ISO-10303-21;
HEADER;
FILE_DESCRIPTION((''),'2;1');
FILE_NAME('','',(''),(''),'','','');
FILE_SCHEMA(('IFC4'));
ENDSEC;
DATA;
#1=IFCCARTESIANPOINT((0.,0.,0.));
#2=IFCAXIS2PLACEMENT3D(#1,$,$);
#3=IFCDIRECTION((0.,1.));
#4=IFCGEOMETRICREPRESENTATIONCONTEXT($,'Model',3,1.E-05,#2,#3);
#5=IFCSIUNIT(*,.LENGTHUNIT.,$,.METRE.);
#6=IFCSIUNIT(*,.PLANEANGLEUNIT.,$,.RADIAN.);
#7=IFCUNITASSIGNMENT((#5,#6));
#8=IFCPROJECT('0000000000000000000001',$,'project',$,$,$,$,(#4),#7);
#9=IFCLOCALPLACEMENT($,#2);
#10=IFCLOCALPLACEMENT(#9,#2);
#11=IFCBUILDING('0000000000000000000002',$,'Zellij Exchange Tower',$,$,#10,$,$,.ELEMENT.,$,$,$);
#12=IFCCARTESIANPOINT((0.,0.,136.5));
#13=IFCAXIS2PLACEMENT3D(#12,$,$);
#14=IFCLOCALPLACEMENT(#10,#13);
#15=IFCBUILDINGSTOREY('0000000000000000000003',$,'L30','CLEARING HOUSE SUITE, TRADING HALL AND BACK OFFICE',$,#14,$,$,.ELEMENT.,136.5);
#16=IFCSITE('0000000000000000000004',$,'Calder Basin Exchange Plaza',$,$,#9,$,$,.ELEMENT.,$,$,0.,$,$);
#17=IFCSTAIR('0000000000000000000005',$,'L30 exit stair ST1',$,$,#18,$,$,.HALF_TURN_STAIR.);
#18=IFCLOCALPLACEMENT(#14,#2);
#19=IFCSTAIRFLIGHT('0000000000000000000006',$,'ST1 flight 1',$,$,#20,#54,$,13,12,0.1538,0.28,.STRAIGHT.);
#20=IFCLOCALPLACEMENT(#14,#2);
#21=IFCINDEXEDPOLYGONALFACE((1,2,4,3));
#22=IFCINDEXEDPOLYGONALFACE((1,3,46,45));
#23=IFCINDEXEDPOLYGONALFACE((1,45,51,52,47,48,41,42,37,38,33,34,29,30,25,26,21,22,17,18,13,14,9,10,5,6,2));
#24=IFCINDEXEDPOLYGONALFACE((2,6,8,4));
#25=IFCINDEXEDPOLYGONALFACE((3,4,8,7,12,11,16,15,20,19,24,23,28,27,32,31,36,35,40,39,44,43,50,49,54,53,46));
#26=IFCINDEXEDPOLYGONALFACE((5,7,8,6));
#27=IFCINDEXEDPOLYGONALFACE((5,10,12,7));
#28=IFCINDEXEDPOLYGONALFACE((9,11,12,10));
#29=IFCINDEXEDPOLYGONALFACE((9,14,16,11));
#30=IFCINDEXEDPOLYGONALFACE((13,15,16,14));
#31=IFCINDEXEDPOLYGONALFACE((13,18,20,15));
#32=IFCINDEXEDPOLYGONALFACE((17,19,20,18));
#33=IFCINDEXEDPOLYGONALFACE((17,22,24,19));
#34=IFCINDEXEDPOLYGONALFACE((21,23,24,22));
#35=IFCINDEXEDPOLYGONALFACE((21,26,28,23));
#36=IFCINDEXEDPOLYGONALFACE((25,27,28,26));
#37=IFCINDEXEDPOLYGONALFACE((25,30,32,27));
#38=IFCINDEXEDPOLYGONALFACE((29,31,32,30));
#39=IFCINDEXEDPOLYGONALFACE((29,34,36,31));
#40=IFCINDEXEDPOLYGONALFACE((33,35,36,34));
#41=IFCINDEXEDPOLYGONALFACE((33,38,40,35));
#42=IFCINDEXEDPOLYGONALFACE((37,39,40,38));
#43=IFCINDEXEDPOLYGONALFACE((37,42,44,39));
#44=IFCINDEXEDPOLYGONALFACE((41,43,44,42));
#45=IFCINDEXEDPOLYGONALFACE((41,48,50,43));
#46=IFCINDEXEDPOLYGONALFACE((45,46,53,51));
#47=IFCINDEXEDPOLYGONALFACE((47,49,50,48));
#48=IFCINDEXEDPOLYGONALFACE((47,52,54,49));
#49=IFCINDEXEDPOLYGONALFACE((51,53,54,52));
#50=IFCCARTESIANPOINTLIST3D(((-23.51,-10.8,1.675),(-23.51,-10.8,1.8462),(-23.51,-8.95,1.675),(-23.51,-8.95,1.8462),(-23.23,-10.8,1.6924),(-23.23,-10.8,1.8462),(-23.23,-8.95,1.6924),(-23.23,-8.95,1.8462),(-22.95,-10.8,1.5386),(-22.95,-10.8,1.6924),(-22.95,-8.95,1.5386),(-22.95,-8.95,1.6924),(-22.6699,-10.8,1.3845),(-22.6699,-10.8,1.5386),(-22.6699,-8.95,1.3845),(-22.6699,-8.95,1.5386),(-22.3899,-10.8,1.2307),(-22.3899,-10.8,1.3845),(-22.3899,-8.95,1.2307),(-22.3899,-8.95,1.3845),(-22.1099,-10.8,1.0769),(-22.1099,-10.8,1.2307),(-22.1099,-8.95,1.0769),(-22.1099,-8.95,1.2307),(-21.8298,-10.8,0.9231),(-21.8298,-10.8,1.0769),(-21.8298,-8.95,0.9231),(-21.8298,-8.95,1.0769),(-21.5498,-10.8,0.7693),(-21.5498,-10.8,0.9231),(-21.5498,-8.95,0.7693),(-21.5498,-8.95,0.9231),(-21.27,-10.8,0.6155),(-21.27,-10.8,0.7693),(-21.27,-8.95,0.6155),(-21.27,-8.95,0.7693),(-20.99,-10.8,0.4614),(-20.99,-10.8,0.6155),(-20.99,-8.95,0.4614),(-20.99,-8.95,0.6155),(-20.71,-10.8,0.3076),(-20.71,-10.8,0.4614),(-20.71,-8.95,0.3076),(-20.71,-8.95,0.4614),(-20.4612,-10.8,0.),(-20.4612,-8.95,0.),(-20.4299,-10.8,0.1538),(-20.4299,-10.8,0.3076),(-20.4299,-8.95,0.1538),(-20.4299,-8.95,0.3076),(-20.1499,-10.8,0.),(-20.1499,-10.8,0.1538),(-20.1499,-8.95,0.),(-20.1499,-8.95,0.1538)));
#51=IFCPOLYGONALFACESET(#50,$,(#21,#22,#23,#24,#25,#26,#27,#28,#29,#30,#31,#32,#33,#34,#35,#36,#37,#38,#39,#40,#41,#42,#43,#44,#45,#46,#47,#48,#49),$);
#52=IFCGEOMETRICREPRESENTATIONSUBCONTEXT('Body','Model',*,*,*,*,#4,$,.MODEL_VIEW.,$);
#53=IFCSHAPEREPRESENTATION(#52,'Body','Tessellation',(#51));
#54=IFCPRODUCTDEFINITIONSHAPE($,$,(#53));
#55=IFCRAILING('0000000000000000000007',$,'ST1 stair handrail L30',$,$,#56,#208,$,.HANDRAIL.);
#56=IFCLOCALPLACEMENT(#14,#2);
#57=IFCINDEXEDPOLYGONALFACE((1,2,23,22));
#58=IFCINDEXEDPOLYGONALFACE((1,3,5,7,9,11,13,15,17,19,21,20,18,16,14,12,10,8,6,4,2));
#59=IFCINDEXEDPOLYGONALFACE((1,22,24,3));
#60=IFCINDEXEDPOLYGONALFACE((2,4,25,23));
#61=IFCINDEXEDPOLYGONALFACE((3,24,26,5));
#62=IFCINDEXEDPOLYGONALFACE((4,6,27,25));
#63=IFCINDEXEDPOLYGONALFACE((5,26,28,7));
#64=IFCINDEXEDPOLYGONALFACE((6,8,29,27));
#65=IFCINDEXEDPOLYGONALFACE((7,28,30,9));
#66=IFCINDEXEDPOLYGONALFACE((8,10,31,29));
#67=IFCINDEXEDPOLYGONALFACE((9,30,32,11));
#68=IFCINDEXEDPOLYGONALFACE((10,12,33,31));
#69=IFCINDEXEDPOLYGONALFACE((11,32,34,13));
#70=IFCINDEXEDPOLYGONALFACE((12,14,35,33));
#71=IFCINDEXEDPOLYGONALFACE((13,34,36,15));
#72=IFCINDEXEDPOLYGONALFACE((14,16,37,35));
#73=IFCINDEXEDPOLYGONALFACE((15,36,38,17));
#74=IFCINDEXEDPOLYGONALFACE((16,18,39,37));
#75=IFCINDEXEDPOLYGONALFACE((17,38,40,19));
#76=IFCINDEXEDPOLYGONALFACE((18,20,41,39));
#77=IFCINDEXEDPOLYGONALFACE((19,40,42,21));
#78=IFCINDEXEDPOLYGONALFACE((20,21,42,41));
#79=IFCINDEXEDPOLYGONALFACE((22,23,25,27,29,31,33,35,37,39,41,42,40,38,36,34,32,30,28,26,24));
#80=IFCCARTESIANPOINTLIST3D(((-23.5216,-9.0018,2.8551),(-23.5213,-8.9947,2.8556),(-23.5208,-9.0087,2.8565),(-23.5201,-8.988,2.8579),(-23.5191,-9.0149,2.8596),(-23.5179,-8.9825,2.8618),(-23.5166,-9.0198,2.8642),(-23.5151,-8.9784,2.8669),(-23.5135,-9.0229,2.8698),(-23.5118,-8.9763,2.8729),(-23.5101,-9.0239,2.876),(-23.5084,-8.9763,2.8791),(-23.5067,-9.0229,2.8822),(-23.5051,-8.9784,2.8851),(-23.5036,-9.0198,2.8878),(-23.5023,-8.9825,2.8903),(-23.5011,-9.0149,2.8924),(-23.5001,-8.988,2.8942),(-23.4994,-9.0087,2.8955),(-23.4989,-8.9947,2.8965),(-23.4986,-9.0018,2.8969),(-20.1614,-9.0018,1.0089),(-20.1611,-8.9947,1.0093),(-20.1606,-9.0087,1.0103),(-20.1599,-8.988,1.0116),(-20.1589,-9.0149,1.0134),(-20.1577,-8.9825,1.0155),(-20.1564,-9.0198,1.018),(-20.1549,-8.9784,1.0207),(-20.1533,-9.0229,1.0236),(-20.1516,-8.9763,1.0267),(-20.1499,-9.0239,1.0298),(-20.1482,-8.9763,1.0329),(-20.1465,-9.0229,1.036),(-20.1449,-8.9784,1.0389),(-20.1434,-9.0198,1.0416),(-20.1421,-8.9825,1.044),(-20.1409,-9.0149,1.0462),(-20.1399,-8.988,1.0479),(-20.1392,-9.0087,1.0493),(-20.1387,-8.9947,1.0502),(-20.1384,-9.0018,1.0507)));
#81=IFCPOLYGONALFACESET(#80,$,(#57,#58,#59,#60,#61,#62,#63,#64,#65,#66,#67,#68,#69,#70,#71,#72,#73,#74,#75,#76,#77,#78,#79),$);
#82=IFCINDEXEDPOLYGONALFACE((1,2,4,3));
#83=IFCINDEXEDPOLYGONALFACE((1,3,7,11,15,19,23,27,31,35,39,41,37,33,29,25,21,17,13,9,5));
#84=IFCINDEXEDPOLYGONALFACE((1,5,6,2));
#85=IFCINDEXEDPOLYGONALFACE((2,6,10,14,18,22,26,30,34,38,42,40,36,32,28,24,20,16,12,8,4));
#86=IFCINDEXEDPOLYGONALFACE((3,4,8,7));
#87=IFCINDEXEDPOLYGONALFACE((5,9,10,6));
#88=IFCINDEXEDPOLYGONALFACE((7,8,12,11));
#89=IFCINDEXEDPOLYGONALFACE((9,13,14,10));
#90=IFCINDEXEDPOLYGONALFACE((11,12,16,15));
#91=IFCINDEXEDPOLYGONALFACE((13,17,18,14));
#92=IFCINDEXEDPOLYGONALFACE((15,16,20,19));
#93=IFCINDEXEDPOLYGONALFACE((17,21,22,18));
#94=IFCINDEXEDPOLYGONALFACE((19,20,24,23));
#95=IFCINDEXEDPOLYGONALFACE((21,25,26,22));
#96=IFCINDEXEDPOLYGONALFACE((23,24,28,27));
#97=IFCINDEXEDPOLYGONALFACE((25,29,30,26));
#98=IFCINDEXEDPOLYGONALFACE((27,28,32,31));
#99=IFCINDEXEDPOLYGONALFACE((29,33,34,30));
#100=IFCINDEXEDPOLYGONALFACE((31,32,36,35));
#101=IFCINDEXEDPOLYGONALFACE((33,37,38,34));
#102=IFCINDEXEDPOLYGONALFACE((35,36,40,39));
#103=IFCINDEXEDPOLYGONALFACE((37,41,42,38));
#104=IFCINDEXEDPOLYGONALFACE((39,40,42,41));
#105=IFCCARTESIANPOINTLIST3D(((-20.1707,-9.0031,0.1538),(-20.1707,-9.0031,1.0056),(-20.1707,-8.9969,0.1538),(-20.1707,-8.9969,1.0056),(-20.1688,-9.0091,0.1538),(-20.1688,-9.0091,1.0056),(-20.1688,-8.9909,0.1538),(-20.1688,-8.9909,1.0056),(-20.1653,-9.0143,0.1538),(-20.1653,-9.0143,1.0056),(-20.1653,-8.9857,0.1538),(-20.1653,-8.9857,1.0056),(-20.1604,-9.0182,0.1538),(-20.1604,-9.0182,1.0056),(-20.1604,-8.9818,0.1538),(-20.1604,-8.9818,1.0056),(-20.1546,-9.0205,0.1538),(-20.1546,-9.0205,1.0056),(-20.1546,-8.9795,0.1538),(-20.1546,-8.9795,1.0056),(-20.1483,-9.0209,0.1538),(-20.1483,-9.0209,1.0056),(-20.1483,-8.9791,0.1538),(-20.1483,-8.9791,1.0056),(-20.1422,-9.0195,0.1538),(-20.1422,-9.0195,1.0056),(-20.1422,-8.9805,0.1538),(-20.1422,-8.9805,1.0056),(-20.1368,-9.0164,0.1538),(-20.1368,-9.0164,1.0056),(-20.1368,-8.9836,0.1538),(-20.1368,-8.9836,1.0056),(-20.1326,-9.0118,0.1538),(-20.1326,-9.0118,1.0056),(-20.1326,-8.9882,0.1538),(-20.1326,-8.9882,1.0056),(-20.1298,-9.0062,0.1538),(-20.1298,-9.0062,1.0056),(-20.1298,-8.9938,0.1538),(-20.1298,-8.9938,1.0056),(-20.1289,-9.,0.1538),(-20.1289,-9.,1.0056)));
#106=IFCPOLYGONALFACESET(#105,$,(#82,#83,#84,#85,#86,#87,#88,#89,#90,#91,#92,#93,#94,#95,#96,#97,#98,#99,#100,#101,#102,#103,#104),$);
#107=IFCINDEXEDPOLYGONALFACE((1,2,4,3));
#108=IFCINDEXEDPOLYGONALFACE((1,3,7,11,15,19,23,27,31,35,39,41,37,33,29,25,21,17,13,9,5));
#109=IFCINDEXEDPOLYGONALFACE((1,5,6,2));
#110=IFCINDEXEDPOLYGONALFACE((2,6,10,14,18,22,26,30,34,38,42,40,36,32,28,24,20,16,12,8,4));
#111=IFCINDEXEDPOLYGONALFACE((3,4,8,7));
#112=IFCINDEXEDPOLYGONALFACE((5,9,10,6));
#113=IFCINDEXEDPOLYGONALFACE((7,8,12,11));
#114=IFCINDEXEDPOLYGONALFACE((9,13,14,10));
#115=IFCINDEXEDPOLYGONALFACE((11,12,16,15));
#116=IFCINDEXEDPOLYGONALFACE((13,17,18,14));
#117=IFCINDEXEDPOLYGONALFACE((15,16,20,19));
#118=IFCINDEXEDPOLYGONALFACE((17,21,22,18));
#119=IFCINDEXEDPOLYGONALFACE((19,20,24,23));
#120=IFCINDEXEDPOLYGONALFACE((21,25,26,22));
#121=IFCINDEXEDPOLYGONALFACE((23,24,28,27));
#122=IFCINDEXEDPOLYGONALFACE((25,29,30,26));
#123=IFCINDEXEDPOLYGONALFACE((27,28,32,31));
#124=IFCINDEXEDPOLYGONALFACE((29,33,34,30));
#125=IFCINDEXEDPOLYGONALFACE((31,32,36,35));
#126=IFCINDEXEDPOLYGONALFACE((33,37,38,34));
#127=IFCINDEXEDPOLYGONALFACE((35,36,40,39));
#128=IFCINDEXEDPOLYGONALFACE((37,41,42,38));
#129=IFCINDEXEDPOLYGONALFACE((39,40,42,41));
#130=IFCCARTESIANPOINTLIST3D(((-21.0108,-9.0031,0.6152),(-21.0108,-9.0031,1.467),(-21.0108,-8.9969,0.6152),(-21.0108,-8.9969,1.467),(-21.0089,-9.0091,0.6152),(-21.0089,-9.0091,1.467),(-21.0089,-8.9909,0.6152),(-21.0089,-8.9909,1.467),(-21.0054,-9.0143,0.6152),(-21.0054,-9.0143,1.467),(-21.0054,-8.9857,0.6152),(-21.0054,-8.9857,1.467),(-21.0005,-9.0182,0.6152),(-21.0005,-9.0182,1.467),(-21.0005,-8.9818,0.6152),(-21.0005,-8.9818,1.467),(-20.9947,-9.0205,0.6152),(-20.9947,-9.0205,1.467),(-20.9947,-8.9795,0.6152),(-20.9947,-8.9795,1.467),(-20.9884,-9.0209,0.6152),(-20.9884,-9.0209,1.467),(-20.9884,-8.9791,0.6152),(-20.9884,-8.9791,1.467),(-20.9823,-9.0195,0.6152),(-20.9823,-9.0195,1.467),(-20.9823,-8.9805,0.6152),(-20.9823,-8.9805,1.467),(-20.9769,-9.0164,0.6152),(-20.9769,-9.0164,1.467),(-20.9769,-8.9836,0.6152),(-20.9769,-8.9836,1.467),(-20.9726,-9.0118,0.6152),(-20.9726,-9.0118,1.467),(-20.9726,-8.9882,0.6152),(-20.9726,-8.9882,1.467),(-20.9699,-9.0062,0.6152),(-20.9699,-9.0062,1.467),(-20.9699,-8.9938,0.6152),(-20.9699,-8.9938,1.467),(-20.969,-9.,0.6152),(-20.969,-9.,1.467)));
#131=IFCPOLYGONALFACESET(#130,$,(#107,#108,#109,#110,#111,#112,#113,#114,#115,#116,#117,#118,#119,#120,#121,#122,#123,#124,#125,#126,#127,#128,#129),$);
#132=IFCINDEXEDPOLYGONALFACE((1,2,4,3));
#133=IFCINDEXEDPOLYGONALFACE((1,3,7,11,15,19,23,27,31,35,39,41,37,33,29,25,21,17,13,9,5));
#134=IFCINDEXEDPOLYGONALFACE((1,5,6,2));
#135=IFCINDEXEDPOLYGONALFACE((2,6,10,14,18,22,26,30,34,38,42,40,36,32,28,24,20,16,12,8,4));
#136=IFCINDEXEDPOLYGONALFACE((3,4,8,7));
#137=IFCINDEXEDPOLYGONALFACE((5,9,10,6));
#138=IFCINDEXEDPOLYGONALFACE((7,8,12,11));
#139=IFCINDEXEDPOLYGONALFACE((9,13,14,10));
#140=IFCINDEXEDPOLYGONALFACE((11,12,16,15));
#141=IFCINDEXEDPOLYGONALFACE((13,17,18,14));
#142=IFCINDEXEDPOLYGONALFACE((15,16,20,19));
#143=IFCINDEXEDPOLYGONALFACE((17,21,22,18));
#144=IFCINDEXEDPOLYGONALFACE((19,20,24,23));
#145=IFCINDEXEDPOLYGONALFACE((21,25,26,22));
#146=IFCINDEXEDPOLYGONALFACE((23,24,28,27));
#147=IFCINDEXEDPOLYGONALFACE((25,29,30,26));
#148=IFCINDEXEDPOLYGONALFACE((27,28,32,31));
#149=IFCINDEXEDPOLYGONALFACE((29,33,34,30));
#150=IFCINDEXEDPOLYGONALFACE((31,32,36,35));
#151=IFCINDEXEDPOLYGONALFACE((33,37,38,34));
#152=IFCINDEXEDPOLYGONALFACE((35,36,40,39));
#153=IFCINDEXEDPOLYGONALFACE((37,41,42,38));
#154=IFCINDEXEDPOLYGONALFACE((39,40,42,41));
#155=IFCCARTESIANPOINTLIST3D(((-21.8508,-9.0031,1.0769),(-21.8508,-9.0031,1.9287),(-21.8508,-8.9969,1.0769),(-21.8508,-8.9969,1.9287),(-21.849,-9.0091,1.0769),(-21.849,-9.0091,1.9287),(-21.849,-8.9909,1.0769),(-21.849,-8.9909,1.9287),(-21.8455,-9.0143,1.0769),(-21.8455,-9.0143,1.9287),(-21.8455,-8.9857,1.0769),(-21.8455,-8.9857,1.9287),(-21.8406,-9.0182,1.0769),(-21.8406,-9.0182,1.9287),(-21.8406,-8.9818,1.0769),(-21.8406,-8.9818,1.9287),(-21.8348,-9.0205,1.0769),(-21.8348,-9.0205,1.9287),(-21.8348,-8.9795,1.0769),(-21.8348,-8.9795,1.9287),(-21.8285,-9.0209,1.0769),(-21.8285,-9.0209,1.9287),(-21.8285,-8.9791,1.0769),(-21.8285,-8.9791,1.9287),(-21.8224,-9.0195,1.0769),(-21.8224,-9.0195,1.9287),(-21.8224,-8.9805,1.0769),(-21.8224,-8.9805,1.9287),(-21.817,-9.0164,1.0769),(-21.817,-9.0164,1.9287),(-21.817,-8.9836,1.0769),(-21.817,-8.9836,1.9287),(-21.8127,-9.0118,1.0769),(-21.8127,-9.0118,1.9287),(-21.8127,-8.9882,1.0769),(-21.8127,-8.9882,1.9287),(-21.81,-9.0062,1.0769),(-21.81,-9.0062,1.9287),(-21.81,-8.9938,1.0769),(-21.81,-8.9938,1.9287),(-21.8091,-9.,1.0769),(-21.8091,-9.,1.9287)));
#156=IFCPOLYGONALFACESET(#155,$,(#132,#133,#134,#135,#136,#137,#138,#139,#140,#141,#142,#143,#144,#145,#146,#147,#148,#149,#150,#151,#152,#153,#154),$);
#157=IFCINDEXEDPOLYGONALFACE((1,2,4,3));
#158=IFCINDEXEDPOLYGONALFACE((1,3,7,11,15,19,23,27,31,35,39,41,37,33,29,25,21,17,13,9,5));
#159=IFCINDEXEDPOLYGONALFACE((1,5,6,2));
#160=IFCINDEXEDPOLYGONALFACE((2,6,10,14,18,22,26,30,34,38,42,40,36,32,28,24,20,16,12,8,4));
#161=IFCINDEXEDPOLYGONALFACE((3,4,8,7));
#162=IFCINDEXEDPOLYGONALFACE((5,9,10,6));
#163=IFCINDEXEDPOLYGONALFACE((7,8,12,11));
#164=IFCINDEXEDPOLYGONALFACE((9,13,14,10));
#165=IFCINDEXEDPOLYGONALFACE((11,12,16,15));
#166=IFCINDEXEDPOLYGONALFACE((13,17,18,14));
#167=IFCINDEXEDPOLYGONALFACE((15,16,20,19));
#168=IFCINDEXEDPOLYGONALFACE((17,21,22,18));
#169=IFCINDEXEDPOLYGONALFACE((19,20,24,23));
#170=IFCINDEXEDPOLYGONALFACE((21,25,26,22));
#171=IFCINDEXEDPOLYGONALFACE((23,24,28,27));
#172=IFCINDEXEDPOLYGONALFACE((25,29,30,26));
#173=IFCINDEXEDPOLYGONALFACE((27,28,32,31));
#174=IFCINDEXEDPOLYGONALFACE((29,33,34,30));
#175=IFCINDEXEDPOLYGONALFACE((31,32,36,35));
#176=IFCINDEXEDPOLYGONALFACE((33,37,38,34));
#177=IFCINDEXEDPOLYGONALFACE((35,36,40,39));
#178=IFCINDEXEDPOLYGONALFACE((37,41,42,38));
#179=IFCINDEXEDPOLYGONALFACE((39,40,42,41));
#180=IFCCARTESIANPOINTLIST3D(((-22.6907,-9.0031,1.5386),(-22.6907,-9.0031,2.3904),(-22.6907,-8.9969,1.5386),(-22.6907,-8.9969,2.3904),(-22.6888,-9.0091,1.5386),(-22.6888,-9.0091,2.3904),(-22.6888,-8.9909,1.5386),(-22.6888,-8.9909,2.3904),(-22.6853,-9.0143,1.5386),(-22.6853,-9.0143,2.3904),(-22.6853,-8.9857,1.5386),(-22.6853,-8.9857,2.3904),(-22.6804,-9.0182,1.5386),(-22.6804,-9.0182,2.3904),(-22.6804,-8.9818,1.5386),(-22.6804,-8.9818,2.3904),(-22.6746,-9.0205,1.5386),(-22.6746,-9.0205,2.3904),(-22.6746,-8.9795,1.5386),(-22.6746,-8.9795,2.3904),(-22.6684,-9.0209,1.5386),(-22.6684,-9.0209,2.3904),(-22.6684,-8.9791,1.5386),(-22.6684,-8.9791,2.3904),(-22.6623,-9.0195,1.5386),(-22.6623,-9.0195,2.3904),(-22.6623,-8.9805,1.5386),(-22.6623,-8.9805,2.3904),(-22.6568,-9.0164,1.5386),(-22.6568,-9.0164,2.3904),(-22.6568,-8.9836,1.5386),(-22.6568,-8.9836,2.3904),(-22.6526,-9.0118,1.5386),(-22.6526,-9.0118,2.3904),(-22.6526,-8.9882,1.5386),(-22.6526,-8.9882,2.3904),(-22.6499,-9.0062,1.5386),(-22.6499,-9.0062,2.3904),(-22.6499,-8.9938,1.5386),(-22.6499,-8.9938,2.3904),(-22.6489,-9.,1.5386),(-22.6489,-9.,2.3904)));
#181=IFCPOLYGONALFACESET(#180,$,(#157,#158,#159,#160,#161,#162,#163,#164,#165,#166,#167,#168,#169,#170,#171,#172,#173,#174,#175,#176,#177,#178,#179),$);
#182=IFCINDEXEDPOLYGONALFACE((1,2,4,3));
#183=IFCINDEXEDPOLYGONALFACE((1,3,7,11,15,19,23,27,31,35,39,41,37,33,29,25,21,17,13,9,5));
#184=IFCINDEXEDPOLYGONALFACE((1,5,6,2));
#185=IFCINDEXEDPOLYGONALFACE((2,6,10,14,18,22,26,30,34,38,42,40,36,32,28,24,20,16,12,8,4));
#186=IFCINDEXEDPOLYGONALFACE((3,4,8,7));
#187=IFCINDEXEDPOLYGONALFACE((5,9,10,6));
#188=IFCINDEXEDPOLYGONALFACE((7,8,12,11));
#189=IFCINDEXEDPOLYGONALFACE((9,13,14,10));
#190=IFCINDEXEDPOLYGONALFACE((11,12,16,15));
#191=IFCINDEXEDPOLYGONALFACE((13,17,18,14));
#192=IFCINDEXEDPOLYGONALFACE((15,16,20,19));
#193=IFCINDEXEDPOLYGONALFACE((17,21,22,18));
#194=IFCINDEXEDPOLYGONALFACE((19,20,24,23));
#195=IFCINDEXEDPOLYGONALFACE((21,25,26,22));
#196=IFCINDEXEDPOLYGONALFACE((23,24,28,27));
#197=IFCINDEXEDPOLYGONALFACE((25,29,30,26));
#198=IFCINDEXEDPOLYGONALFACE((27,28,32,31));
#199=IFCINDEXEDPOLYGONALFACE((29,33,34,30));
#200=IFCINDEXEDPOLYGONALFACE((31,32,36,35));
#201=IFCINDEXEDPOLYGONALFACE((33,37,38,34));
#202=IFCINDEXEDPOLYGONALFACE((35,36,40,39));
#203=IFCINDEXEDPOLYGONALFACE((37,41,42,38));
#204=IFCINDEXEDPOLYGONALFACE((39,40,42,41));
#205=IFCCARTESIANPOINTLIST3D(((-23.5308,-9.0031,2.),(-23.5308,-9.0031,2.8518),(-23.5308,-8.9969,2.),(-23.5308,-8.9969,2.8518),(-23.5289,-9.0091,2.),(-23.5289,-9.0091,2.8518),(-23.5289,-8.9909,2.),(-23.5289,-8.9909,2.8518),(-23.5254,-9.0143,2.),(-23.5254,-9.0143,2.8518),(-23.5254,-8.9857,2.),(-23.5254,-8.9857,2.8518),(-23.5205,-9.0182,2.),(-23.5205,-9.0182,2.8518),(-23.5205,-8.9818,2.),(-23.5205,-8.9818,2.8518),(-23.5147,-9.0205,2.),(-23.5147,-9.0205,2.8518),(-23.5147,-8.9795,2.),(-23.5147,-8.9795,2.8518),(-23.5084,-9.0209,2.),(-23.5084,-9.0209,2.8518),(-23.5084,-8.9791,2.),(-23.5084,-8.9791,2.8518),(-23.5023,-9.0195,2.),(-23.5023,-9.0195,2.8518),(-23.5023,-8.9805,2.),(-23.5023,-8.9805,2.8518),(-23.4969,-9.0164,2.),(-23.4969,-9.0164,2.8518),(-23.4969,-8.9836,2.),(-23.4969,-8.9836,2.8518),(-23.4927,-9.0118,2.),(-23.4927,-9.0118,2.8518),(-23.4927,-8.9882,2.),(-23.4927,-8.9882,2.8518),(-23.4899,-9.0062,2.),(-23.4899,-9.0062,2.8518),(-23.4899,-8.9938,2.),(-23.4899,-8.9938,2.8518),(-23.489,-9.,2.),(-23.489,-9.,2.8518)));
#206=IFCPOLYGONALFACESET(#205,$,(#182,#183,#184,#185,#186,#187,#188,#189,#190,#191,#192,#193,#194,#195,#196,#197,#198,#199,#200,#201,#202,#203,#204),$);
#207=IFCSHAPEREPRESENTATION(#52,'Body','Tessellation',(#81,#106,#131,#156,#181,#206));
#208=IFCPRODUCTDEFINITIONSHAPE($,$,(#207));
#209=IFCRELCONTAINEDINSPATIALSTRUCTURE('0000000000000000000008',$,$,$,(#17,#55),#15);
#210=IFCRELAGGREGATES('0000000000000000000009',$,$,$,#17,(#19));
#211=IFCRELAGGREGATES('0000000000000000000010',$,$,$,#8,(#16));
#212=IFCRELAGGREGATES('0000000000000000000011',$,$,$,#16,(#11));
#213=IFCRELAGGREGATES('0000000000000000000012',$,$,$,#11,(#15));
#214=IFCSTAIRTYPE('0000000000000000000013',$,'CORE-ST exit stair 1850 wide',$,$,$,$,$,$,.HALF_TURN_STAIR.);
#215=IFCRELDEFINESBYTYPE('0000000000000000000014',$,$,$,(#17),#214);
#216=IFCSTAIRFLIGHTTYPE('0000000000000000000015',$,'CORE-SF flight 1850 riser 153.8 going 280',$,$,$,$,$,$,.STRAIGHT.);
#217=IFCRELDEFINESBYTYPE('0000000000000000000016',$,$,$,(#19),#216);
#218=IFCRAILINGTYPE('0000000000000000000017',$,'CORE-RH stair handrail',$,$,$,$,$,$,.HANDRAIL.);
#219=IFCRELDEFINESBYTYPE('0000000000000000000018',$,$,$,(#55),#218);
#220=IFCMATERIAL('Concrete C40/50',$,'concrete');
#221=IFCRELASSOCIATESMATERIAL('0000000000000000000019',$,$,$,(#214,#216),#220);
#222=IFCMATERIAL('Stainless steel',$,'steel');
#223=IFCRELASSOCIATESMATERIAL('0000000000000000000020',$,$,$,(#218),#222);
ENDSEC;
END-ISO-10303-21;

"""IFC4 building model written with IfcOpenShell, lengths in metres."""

from ifc_helpers import new_model, si_unit, direction, frame, origin, origin_2d, place, context, subcontext, project, spatial, polyline, circle, outline, extrude, material, type_object, element, aggregate, save


model = new_model("IFC4")

# Units and contexts
model_context = context("Model", 3, precision=1e-05, world=origin(), true_north=direction((0.0, 1.0)))
body_context = subcontext(model_context, "Body", "Model", "MODEL_VIEW")
ifc_project = project(units=[si_unit("LENGTHUNIT", "METRE"), si_unit("PLANEANGLEUNIT", "RADIAN")], contexts=[model_context])

# Site, building, storey
site_placement = place(None, origin())
site = spatial("IfcSite", under=ifc_project, at=site_placement, Name="Calder Basin Exchange Plaza", CompositionType="ELEMENT", RefElevation=0.0)
building_placement = place(site_placement, origin())
building = spatial("IfcBuilding", under=site, at=building_placement, Name="Zellij Exchange Tower", CompositionType="ELEMENT")
storey_placement = place(building_placement, frame((0.0, 0.0, 136.5)))
storey = spatial("IfcBuildingStorey", under=building, at=storey_placement, Name="L30", Description="CLEARING HOUSE SUITE, TRADING HALL AND BACK OFFICE", CompositionType="ELEMENT", Elevation=136.5)

# Stair, stair flight
ifc_material_1 = material(Name="Concrete C40/50", Category="concrete")
stair_type = type_object("IfcStairType", Name="CORE-ST exit stair 1850 wide", PredefinedType="HALF_TURN_STAIR", material=ifc_material_1)
stair_placement = place(storey_placement, origin())
stair = element("IfcStair", 1, at=stair_placement, inside=storey, type_object=stair_type, Name="L30 exit stair ST1", PredefinedType="HALF_TURN_STAIR")
stair_flight_type = type_object("IfcStairFlightType", Name="CORE-SF flight 1850 riser 153.8 going 280", PredefinedType="STRAIGHT", material=ifc_material_1)
stair_flight_placement = place(storey_placement, frame((-20.1499, -9.875, 0.0), z_axis=(0.0, 0.0, 1.0), x_axis=(-1.0, 0.0, 0.0)))
stair_flight = element("IfcStairFlight", 2, at=stair_flight_placement, type_object=stair_flight_type, Name="ST1 flight 1", NumberOfRisers=13, NumberOfTreads=12, PredefinedType="STRAIGHT", RiserHeight=0.1538, TreadLength=0.28, context=body_context, shape_type="SweptSolid", body=[
    extrude(outline(polyline([(0.0, 0.0), (0.0, 0.1538), (0.28, 0.1538), (0.28, 0.3076), (0.5601, 0.3076), (0.5601, 0.4614), (0.8401, 0.4614), (0.8401, 0.6155), (1.1201, 0.6155), (1.1201, 0.7693), (1.3999, 0.7693), (1.3999, 0.9231), (1.6799, 0.9231), (1.6799, 1.0769), (1.96, 1.0769), (1.96, 1.2307), (2.24, 1.2307), (2.24, 1.3845), (2.52, 1.3845), (2.52, 1.5386), (2.8, 1.5386), (2.8, 1.6924), (3.0801, 1.6924), (3.0801, 1.8462), (3.3601, 1.8462), (3.3601, 2.0), (3.3601, 1.675), (0.3113, 0.0), (0.0, 0.0)])), frame((0.0, 0.925, 0.0), z_axis=(0.0, -1.0, 0.0), x_axis=(1.0, 0.0, 0.0)), (0.0, 0.0, 1.0), 1.8501),
])
aggregate(stair, [stair_flight])

# Railing
ifc_material_2 = material(Name="Stainless steel", Category="steel")
railing_type_1 = type_object("IfcRailingType", Name="CORE-RH stair handrail", PredefinedType="HANDRAIL", material=ifc_material_2)
railing_1_placement = place(storey_placement, frame((-20.1499, -9.0, 0.1538)))
element("IfcRailing", 3, at=railing_1_placement, inside=storey, type_object=railing_type_1, Name="ST1 stair handrail L30", PredefinedType="HANDRAIL", context=body_context, shape_type="SweptSolid", body=[
    extrude(circle(Radius=0.0239, at=origin_2d()), frame((0.0, 0.0, 0.876), z_axis=(-0.876422, 0.0, 0.481545), x_axis=(0.0, -1.0, 0.0)), (0.0, 0.0, 1.0), 3.834),
    extrude(circle(Radius=0.021, at=origin_2d()), origin(), (0.0, 0.0, 1.0), 0.8518),
    extrude(circle(Radius=0.021, at=origin_2d()), frame((-0.8401, 0.0, 0.4614)), (0.0, 0.0, 1.0), 0.8518),
    extrude(circle(Radius=0.021, at=origin_2d()), frame((-1.6802, 0.0, 0.9231)), (0.0, 0.0, 1.0), 0.8518),
    extrude(circle(Radius=0.021, at=origin_2d()), frame((-2.52, 0.0, 1.3848)), (0.0, 0.0, 1.0), 0.8518),
    extrude(circle(Radius=0.021, at=origin_2d()), frame((-3.3601, 0.0, 1.8462)), (0.0, 0.0, 1.0), 0.8518),
])

save(model, "model.ifc")
